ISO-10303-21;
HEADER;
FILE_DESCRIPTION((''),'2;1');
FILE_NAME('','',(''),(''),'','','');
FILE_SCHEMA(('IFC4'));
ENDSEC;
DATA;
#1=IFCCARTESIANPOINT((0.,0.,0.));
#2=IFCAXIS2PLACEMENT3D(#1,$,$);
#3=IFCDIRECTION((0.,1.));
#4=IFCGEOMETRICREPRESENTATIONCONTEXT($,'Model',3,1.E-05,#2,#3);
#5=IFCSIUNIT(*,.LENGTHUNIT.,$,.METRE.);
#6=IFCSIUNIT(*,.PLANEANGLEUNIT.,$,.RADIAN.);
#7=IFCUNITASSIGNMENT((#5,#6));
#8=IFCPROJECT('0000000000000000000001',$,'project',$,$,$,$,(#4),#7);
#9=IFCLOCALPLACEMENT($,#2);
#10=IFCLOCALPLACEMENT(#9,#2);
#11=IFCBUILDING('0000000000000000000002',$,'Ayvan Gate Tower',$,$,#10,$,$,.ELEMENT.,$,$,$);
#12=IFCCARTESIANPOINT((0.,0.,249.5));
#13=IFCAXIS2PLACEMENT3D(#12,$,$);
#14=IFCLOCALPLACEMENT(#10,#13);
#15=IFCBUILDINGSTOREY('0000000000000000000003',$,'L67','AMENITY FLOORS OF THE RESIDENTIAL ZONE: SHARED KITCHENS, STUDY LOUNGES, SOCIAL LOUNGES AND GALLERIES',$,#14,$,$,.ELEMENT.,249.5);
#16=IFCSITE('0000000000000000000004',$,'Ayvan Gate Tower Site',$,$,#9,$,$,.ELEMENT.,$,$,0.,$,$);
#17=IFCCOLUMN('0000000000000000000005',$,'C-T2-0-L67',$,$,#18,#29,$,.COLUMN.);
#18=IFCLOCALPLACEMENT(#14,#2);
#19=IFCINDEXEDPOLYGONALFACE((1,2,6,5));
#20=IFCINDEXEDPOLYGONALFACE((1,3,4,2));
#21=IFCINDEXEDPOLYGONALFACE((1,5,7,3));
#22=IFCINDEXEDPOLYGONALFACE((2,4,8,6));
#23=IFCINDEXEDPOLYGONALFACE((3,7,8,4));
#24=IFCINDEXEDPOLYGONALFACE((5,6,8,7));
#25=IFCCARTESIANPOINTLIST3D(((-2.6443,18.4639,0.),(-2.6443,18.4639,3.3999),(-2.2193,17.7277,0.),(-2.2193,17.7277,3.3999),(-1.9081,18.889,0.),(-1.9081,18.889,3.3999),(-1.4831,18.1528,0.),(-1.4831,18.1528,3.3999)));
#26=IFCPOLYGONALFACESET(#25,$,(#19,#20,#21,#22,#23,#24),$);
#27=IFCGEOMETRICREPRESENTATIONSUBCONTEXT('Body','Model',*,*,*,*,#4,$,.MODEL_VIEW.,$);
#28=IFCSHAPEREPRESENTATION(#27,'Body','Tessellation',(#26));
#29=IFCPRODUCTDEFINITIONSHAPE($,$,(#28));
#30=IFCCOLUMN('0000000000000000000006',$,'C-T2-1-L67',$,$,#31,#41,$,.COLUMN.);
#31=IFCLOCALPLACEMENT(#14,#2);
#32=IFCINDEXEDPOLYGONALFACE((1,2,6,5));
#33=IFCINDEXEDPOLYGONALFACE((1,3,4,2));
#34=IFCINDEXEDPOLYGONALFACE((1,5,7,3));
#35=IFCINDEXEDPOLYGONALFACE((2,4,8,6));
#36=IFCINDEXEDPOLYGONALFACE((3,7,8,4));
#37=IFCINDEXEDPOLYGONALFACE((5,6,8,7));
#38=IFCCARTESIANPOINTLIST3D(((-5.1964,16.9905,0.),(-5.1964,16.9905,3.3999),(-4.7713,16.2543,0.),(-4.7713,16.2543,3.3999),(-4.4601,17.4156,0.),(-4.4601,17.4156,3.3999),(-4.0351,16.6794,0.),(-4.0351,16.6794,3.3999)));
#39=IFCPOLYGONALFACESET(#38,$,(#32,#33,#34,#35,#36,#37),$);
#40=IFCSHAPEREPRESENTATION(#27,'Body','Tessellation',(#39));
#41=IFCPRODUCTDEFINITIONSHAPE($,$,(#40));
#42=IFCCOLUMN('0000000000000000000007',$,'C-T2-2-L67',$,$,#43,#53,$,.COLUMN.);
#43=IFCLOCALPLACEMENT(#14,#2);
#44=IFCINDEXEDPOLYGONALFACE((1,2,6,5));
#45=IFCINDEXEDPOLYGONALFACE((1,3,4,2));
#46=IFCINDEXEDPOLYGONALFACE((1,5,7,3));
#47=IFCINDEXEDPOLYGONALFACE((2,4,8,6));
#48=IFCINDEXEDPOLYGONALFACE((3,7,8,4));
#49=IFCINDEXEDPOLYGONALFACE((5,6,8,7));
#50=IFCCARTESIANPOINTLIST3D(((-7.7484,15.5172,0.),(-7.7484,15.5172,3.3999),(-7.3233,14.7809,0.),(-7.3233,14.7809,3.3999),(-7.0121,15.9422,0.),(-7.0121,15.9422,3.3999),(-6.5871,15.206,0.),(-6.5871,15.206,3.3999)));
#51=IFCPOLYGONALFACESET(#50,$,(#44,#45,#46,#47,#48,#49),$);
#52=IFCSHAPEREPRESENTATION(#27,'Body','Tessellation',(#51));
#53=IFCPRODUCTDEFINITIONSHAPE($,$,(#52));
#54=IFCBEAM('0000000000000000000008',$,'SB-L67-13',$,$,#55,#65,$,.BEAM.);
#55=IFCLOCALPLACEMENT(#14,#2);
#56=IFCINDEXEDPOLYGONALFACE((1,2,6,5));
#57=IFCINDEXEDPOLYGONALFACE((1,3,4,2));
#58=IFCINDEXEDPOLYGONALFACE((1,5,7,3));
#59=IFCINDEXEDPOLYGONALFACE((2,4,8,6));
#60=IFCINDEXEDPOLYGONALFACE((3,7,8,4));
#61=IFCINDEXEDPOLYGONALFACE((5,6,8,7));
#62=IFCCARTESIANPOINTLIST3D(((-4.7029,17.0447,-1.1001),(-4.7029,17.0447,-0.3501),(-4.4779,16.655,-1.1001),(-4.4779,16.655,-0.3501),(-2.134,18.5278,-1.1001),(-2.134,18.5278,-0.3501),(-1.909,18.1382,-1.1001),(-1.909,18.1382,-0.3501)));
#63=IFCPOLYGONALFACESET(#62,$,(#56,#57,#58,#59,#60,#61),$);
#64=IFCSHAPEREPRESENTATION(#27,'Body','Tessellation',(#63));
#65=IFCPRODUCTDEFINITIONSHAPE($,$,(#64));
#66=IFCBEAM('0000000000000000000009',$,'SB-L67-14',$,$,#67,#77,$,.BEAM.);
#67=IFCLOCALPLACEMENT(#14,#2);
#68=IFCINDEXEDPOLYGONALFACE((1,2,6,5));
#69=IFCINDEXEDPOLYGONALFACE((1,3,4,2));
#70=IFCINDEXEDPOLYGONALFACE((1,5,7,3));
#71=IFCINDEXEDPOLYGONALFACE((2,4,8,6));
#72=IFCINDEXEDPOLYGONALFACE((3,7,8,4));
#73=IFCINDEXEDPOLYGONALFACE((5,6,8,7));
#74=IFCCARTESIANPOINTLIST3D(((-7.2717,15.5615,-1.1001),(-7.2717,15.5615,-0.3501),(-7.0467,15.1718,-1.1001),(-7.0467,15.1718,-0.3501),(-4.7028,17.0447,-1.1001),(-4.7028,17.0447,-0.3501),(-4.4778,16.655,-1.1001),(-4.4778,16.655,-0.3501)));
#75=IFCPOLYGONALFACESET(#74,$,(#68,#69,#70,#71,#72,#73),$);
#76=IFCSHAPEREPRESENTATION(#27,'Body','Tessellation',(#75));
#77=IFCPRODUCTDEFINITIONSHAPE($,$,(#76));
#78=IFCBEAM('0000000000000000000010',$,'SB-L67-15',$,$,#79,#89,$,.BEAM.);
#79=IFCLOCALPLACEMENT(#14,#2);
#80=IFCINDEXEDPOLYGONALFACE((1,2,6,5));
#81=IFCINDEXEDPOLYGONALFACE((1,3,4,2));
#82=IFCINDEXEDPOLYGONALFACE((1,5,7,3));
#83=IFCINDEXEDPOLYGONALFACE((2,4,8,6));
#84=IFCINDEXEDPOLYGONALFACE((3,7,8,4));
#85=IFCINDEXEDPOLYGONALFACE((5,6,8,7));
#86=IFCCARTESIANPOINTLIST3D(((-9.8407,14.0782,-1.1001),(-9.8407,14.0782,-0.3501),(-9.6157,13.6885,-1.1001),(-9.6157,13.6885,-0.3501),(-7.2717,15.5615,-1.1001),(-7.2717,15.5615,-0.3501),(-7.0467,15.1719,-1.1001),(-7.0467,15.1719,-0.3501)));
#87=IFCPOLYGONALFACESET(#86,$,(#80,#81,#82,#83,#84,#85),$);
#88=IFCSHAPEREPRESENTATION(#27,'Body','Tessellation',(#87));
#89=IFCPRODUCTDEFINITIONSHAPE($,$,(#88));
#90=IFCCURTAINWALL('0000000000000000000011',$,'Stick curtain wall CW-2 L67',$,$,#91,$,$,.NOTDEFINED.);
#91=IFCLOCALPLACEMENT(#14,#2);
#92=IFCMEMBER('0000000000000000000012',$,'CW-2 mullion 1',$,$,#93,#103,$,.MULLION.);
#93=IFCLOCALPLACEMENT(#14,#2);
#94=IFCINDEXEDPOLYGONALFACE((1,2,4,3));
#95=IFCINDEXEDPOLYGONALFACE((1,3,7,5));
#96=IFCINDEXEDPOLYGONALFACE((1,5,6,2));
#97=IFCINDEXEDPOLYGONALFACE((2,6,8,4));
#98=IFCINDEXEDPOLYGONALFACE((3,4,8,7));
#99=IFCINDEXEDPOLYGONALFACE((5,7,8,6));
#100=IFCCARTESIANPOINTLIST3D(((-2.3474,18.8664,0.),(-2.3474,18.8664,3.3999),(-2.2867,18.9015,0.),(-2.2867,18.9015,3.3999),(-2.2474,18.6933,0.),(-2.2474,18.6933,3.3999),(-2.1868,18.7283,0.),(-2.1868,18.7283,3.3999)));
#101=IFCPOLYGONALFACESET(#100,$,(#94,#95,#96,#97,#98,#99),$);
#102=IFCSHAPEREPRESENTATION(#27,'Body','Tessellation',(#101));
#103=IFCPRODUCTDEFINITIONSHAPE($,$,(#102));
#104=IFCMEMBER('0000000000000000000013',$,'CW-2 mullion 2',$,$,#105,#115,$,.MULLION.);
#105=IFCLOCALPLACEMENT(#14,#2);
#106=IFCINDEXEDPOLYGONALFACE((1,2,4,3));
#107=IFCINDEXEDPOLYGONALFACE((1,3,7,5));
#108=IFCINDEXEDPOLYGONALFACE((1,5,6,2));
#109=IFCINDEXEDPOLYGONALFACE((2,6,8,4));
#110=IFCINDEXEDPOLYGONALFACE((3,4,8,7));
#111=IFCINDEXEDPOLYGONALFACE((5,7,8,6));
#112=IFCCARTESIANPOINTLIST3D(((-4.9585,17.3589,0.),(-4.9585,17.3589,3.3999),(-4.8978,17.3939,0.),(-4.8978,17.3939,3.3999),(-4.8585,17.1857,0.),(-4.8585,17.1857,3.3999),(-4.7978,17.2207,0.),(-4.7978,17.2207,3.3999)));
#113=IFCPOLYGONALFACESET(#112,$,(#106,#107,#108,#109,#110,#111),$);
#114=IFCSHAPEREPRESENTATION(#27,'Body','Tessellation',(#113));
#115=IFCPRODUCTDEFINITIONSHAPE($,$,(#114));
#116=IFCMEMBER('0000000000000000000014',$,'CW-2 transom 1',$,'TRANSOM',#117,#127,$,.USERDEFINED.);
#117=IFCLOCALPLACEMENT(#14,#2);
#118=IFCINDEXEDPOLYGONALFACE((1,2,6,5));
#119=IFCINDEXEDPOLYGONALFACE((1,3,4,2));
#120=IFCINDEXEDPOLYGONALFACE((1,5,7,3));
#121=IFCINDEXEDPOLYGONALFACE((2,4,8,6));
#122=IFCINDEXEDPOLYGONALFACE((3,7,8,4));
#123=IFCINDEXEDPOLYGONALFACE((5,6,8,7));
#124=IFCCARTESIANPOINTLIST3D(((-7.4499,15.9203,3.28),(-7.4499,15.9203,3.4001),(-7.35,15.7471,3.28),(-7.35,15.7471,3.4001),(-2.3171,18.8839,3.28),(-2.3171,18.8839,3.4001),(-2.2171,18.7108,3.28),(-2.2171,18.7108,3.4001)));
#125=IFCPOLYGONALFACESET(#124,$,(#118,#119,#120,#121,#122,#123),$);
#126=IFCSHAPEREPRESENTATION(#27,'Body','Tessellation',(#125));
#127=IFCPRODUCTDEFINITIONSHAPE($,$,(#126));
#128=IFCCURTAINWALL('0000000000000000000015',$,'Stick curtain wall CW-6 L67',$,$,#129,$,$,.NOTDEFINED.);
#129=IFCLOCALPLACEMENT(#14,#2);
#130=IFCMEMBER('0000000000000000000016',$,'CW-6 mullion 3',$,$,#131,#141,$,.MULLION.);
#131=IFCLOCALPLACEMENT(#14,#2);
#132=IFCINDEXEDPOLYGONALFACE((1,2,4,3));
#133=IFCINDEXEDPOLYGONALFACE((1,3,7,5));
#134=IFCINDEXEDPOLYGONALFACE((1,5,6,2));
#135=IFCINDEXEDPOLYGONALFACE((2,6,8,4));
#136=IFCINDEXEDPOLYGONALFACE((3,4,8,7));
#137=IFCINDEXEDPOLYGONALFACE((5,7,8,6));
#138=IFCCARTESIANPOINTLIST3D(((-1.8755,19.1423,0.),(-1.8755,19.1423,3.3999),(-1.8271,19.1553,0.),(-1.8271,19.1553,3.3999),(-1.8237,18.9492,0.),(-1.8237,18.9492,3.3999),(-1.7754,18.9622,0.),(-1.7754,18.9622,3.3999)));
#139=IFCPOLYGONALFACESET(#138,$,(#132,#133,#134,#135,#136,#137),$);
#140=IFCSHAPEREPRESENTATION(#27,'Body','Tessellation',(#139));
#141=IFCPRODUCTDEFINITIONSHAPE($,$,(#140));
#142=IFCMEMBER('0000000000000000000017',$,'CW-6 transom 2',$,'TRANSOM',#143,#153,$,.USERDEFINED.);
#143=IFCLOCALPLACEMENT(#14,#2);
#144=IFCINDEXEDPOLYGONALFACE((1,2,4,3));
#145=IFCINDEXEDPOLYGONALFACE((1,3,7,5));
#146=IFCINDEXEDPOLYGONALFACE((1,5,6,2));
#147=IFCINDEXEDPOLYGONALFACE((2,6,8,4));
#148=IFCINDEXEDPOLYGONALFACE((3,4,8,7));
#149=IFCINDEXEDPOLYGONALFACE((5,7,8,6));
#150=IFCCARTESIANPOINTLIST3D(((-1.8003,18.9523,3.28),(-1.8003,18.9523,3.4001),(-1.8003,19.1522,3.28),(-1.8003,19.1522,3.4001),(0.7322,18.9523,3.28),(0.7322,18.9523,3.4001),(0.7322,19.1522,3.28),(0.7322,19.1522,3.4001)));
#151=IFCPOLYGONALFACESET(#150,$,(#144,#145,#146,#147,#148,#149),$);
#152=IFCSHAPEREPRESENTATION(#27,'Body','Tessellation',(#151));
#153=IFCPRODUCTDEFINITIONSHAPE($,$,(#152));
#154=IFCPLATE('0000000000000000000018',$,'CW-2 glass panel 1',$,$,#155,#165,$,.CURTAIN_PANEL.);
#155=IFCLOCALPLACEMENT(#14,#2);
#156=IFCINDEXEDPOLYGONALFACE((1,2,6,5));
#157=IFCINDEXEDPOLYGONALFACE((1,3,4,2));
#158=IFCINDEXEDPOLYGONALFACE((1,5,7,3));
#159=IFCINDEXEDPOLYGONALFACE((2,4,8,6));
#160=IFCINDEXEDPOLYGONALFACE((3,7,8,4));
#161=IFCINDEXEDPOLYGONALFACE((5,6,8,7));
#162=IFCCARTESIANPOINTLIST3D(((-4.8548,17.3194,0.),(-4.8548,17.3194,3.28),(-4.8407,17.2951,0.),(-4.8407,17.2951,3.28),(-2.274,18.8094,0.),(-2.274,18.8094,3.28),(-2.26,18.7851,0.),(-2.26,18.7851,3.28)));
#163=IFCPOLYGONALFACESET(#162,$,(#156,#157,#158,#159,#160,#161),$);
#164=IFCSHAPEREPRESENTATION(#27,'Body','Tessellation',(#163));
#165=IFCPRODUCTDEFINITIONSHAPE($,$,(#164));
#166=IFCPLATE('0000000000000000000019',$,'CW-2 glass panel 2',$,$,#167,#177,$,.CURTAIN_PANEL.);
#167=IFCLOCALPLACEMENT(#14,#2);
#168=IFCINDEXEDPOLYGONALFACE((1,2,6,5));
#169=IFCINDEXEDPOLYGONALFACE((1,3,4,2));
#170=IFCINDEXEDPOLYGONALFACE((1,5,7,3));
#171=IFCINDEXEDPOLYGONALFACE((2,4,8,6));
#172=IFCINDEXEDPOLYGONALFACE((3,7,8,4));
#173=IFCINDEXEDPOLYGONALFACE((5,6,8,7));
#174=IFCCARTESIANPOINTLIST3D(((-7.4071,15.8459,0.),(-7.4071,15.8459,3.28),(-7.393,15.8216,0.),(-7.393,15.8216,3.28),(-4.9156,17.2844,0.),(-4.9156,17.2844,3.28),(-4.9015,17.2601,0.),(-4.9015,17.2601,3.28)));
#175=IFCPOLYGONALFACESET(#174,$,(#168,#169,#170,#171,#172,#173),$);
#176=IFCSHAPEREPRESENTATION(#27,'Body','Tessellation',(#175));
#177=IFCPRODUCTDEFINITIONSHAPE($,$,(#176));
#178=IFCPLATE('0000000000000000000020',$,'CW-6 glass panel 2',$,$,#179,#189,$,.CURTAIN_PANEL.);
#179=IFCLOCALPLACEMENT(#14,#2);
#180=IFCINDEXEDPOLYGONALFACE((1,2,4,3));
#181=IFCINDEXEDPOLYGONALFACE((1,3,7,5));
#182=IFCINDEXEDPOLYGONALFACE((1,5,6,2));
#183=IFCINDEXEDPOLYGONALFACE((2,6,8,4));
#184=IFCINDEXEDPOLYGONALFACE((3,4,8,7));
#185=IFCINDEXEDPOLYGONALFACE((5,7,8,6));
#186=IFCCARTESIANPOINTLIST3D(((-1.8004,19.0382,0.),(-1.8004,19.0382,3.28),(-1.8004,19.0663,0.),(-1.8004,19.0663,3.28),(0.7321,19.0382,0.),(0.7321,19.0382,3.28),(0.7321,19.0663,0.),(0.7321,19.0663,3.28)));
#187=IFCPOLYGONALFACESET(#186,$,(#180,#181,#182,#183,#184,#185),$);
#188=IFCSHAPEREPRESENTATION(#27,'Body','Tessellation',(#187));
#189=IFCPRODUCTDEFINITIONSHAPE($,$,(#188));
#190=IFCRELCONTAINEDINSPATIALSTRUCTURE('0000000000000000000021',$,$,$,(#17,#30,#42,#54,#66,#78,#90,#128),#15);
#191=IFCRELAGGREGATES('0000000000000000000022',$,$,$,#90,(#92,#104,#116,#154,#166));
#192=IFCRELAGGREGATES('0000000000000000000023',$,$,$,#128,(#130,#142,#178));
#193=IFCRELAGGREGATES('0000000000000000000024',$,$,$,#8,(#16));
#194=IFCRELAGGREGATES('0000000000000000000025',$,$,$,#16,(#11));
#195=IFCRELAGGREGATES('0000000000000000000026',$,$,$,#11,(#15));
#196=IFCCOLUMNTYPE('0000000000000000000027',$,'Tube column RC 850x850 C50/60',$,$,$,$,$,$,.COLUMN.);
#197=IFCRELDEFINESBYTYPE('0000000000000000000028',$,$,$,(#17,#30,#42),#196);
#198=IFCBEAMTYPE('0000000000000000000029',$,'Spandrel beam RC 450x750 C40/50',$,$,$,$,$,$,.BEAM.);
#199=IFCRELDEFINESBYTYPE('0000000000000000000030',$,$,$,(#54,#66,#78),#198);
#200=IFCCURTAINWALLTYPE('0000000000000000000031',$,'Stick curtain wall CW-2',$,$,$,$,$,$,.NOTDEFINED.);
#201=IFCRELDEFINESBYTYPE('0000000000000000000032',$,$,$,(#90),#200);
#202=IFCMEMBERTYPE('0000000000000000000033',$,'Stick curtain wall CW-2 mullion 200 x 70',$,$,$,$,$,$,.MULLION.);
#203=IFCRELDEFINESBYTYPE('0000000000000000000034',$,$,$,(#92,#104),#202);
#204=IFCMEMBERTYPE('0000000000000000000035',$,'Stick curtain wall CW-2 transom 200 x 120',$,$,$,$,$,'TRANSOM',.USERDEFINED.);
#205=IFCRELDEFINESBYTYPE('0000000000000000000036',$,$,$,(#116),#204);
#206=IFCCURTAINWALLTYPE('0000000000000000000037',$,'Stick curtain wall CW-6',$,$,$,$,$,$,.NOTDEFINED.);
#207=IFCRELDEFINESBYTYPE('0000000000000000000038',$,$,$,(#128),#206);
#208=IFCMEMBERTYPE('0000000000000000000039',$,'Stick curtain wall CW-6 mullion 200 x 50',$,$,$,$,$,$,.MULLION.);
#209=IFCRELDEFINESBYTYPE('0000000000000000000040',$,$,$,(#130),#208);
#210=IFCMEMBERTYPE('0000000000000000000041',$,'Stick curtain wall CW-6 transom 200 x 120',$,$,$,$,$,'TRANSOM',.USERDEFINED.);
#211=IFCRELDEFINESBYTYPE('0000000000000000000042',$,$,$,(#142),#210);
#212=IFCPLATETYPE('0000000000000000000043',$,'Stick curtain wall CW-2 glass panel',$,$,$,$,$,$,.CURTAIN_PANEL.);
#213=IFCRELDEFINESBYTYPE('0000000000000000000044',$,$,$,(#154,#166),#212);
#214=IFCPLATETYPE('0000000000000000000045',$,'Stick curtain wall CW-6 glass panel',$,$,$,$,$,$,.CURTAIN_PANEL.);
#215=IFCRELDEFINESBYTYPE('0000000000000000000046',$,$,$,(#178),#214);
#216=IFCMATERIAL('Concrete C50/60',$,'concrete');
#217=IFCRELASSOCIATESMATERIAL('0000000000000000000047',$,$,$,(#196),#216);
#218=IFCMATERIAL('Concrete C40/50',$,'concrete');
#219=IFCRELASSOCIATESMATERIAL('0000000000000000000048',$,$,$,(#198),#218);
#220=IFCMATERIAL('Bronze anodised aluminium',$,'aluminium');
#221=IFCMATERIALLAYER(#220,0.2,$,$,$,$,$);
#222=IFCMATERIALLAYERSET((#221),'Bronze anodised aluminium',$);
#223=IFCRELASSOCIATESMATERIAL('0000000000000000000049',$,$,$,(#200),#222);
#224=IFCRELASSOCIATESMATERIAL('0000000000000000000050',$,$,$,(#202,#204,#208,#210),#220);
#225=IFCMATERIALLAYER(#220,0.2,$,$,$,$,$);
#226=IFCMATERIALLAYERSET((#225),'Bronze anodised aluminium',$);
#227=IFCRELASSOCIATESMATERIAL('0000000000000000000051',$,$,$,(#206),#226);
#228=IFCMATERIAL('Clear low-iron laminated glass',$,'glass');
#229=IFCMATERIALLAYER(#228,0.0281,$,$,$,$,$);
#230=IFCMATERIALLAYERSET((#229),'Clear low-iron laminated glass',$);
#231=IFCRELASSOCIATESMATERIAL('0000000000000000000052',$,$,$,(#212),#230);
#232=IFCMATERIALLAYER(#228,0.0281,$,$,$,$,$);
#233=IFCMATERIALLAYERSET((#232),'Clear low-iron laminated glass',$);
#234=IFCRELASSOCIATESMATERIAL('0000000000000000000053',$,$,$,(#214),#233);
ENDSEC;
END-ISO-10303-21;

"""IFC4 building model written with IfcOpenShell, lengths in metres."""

from ifc_helpers import new_model, si_unit, direction, frame, origin, origin_2d, place, context, subcontext, project, spatial, rectangle, extrude, material, layer, layer_set, material_profile, profile_set, type_object, element, aggregate, save


model = new_model("IFC4")

# Units and contexts
model_context = context("Model", 3, precision=1e-05, world=origin(), true_north=direction((0.0, 1.0)))
body_context = subcontext(model_context, "Body", "Model", "MODEL_VIEW")
ifc_project = project(units=[si_unit("LENGTHUNIT", "METRE"), si_unit("PLANEANGLEUNIT", "RADIAN")], contexts=[model_context])

# Site, building, storey
site_placement = place(None, origin())
site = spatial("IfcSite", under=ifc_project, at=site_placement, Name="Ayvan Gate Tower Site", CompositionType="ELEMENT", RefElevation=0.0)
building_placement = place(site_placement, origin())
building = spatial("IfcBuilding", under=site, at=building_placement, Name="Ayvan Gate Tower", CompositionType="ELEMENT")
storey_placement = place(building_placement, frame((0.0, 0.0, 249.5)))
storey = spatial("IfcBuildingStorey", under=building, at=storey_placement, Name="L67", Description="AMENITY FLOORS OF THE RESIDENTIAL ZONE: SHARED KITCHENS, STUDY LOUNGES, SOCIAL LOUNGES AND GALLERIES", CompositionType="ELEMENT", Elevation=249.5)

# Columns
ifc_material_1 = material(Name="Concrete C50/60", Category="concrete")
ifc_material_profile_1 = material_profile(ifc_material_1, rectangle(XDim=0.8501, YDim=0.8501, at=origin_2d()), Name="RC 850x850")
ifc_profile_set_1 = profile_set([ifc_material_profile_1], Name="Concrete C50/60")
column_type = type_object("IfcColumnType", Name="Tube column RC 850x850 C50/60", PredefinedType="COLUMN", material=ifc_profile_set_1)
for number, where, z_axis, x_axis, name in (
    (1, (-2.0637, 18.3083, 0.0), (0.0, 0.0, 1.0), (-0.5, 0.866025, 0.0), "C-T2-0-L67"),
    (2, (-4.6157, 16.835, 0.0), (0.0, 0.0, 1.0), (-0.5, 0.866025, 0.0), "C-T2-1-L67"),
    (3, (-7.1677, 15.3616, 0.0), (0.0, 0.0, 1.0), (-0.5, 0.866025, 0.0), "C-T2-2-L67"),
):
    element("IfcColumn", number, at=place(storey_placement, frame(where, z_axis=z_axis, x_axis=x_axis)), inside=storey, type_object=column_type, Name=name, PredefinedType="COLUMN", context=body_context, shape_type="SweptSolid", body=[
        extrude(rectangle(XDim=0.8501, YDim=0.8501, at=origin_2d()), origin(), (0.0, 0.0, 1.0), 3.3999),
    ])

# Beams
ifc_material_2 = material(Name="Concrete C40/50", Category="concrete")
ifc_material_profile_2 = material_profile(ifc_material_2, rectangle(XDim=0.45, YDim=0.75, at=origin_2d()), Name="RC 450x750")
ifc_profile_set_2 = profile_set([ifc_material_profile_2], Name="Concrete C40/50")
beam_type = type_object("IfcBeamType", Name="Spandrel beam RC 450x750 C40/50", PredefinedType="BEAM", material=ifc_profile_set_2)
for number, where, z_axis, x_axis, name in (
    (4, (-2.0215, 18.333, -0.7251), (-0.866021, -0.500007, 0.0), (0.500007, -0.866021, 0.0), "SB-L67-13"),
    (5, (-4.5903, 16.8499, -0.7251), (-0.866021, -0.500007, 0.0), (0.500007, -0.866021, 0.0), "SB-L67-14"),
):
    element("IfcBeam", number, at=place(storey_placement, frame(where, z_axis=z_axis, x_axis=x_axis)), inside=storey, type_object=beam_type, Name=name, PredefinedType="BEAM", context=body_context, shape_type="SweptSolid", body=[
        extrude(rectangle(XDim=0.45, YDim=0.75, at=origin_2d()), origin(), (0.0, 0.0, 1.0), 2.9663),
    ])
beam_placement = place(storey_placement, frame((-7.1592, 15.3667, -0.7251), z_axis=(-0.866006, -0.500034, 0.0), x_axis=(0.500034, -0.866006, 0.0)))
element("IfcBeam", 6, at=beam_placement, inside=storey, type_object=beam_type, Name="SB-L67-15", PredefinedType="BEAM", context=body_context, shape_type="SweptSolid", body=[
    extrude(rectangle(XDim=0.45, YDim=0.75, at=origin_2d()), origin(), (0.0, 0.0, 1.0), 2.9666),
])

# Curtain walls, members
ifc_material_3 = material(Name="Bronze anodised aluminium", Category="aluminium")
ifc_layer_1 = layer(ifc_material_3, 0.2)
ifc_layer_set_1 = layer_set([ifc_layer_1], Name="Bronze anodised aluminium")
curtain_wall_type_1 = type_object("IfcCurtainWallType", Name="Stick curtain wall CW-2", PredefinedType="NOTDEFINED", material=ifc_layer_set_1)
curtain_wall_1_placement = place(storey_placement, origin())
curtain_wall_1 = element("IfcCurtainWall", 7, at=curtain_wall_1_placement, inside=storey, type_object=curtain_wall_type_1, Name="Stick curtain wall CW-2 L67", PredefinedType="NOTDEFINED")
ifc_material_profile_3 = material_profile(ifc_material_3, rectangle(XDim=0.2, YDim=0.0701, at=origin_2d()), Name="Stick curtain wall CW-2 mullion 200 x 70")
ifc_profile_set_3 = profile_set([ifc_material_profile_3], Name="Bronze anodised aluminium")
member_type_1 = type_object("IfcMemberType", Name="Stick curtain wall CW-2 mullion 200 x 70", PredefinedType="MULLION", material=ifc_profile_set_3)
member_1_placement = place(storey_placement, frame((-2.2671, 18.7974, 0.0), z_axis=(0.0, 0.0, 1.0), x_axis=(-0.5, 0.866025, 0.0)))
member_1 = element("IfcMember", 8, at=member_1_placement, type_object=member_type_1, Name="CW-2 mullion 1", PredefinedType="MULLION", context=body_context, shape_type="SweptSolid", body=[
    extrude(rectangle(XDim=0.2, YDim=0.0701, at=origin_2d()), origin(), (0.0, 0.0, 1.0), 3.3999),
])
member_2_placement = place(storey_placement, frame((-4.8782, 17.2898, 0.0), z_axis=(0.0, 0.0, 1.0), x_axis=(-0.5, 0.866025, 0.0)))
member_2 = element("IfcMember", 9, at=member_2_placement, type_object=member_type_1, Name="CW-2 mullion 2", PredefinedType="MULLION", context=body_context, shape_type="SweptSolid", body=[
    extrude(rectangle(XDim=0.2, YDim=0.0701, at=origin_2d()), origin(), (0.0, 0.0, 1.0), 3.3999),
])
ifc_material_profile_4 = material_profile(ifc_material_3, rectangle(XDim=0.2, YDim=0.1201, at=origin_2d()), Name="Stick curtain wall CW-2 transom 200 x 120")
ifc_profile_set_4 = profile_set([ifc_material_profile_4], Name="Bronze anodised aluminium")
member_type_2 = type_object("IfcMemberType", Name="Stick curtain wall CW-2 transom 200 x 120", ElementType="TRANSOM", PredefinedType="USERDEFINED", material=ifc_profile_set_4)
member_3_placement = place(storey_placement, frame((-2.2671, 18.7974, 3.3401), z_axis=(-0.866011, -0.500024, 0.0), x_axis=(0.500024, -0.866011, 0.0)))
member_3 = element("IfcMember", 10, at=member_3_placement, type_object=member_type_2, Name="CW-2 transom 1", ObjectType="TRANSOM", PredefinedType="USERDEFINED", context=body_context, shape_type="SweptSolid", body=[
    extrude(rectangle(XDim=0.2, YDim=0.1201, at=origin_2d()), origin(), (0.0, 0.0, 1.0), 5.927),
])
ifc_layer_2 = layer(ifc_material_3, 0.2)
ifc_layer_set_2 = layer_set([ifc_layer_2], Name="Bronze anodised aluminium")
curtain_wall_type_2 = type_object("IfcCurtainWallType", Name="Stick curtain wall CW-6", PredefinedType="NOTDEFINED", material=ifc_layer_set_2)
curtain_wall_2_placement = place(storey_placement, origin())
curtain_wall_2 = element("IfcCurtainWall", 11, at=curtain_wall_2_placement, inside=storey, type_object=curtain_wall_type_2, Name="Stick curtain wall CW-6 L67", PredefinedType="NOTDEFINED")
ifc_material_profile_5 = material_profile(ifc_material_3, rectangle(XDim=0.2, YDim=0.05, at=origin_2d()), Name="Stick curtain wall CW-6 mullion 200 x 50")
ifc_profile_set_5 = profile_set([ifc_material_profile_5], Name="Bronze anodised aluminium")
member_type_3 = type_object("IfcMemberType", Name="Stick curtain wall CW-6 mullion 200 x 50", PredefinedType="MULLION", material=ifc_profile_set_5)
member_4_placement = place(storey_placement, frame((-1.8254, 19.0522, 0.0), z_axis=(0.0, 0.0, 1.0), x_axis=(-0.258819, 0.965926, 0.0)))
member_4 = element("IfcMember", 12, at=member_4_placement, type_object=member_type_3, Name="CW-6 mullion 3", PredefinedType="MULLION", context=body_context, shape_type="SweptSolid", body=[
    extrude(rectangle(XDim=0.2, YDim=0.05, at=origin_2d()), origin(), (0.0, 0.0, 1.0), 3.3999),
])
ifc_material_profile_6 = material_profile(ifc_material_3, rectangle(XDim=0.2, YDim=0.1201, at=origin_2d()), Name="Stick curtain wall CW-6 transom 200 x 120")
ifc_profile_set_6 = profile_set([ifc_material_profile_6], Name="Bronze anodised aluminium")
member_type_4 = type_object("IfcMemberType", Name="Stick curtain wall CW-6 transom 200 x 120", ElementType="TRANSOM", PredefinedType="USERDEFINED", material=ifc_profile_set_6)
member_5_placement = place(storey_placement, frame((0.7322, 19.0522, 3.3401), z_axis=(-1.0, 0.0, 0.0), x_axis=(0.0, -1.0, 0.0)))
member_5 = element("IfcMember", 13, at=member_5_placement, type_object=member_type_4, Name="CW-6 transom 2", ObjectType="TRANSOM", PredefinedType="USERDEFINED", context=body_context, shape_type="SweptSolid", body=[
    extrude(rectangle(XDim=0.2, YDim=0.1201, at=origin_2d()), origin(), (0.0, 0.0, 1.0), 2.5325),
])

# Plates
ifc_material_4 = material(Name="Clear low-iron laminated glass", Category="glass")
ifc_layer_3 = layer(ifc_material_4, 0.0281)
ifc_layer_set_3 = layer_set([ifc_layer_3], Name="Clear low-iron laminated glass")
plate_type_1 = type_object("IfcPlateType", Name="Stick curtain wall CW-2 glass panel", PredefinedType="CURTAIN_PANEL", material=ifc_layer_set_3)
plate_1_placement = place(storey_placement, frame((-3.5574, 18.0522, 0.0), z_axis=(0.0, 0.0, 1.0), x_axis=(-0.866025, -0.5, 0.0)))
plate_1 = element("IfcPlate", 14, at=plate_1_placement, type_object=plate_type_1, Name="CW-2 glass panel 1", PredefinedType="CURTAIN_PANEL", context=body_context, shape_type="SweptSolid", body=[
    extrude(rectangle(XDim=2.98, YDim=0.0281, at=origin_2d()), origin(), (0.0, 0.0, 1.0), 3.28),
])
plate_2_placement = place(storey_placement, frame((-6.1543, 16.553, 0.0), z_axis=(0.0, 0.0, 1.0), x_axis=(-0.866025, -0.5, 0.0)))
plate_2 = element("IfcPlate", 15, at=plate_2_placement, type_object=plate_type_1, Name="CW-2 glass panel 2", PredefinedType="CURTAIN_PANEL", context=body_context, shape_type="SweptSolid", body=[
    extrude(rectangle(XDim=2.877, YDim=0.0281, at=origin_2d()), origin(), (0.0, 0.0, 1.0), 3.28),
])
aggregate(curtain_wall_1, [member_1, member_2, member_3, plate_1, plate_2])
ifc_layer_4 = layer(ifc_material_4, 0.0281)
ifc_layer_set_4 = layer_set([ifc_layer_4], Name="Clear low-iron laminated glass")
plate_type_2 = type_object("IfcPlateType", Name="Stick curtain wall CW-6 glass panel", PredefinedType="CURTAIN_PANEL", material=ifc_layer_set_4)
plate_3_placement = place(storey_placement, frame((-0.5342, 19.0522, 0.0), z_axis=(0.0, 0.0, 1.0), x_axis=(-1.0, 0.0, 0.0)))
plate_3 = element("IfcPlate", 16, at=plate_3_placement, type_object=plate_type_2, Name="CW-6 glass panel 2", PredefinedType="CURTAIN_PANEL", context=body_context, shape_type="SweptSolid", body=[
    extrude(rectangle(XDim=2.5325, YDim=0.0281, at=origin_2d()), origin(), (0.0, 0.0, 1.0), 3.28),
])
aggregate(curtain_wall_2, [member_4, member_5, plate_3])

save(model, "model.ifc")
